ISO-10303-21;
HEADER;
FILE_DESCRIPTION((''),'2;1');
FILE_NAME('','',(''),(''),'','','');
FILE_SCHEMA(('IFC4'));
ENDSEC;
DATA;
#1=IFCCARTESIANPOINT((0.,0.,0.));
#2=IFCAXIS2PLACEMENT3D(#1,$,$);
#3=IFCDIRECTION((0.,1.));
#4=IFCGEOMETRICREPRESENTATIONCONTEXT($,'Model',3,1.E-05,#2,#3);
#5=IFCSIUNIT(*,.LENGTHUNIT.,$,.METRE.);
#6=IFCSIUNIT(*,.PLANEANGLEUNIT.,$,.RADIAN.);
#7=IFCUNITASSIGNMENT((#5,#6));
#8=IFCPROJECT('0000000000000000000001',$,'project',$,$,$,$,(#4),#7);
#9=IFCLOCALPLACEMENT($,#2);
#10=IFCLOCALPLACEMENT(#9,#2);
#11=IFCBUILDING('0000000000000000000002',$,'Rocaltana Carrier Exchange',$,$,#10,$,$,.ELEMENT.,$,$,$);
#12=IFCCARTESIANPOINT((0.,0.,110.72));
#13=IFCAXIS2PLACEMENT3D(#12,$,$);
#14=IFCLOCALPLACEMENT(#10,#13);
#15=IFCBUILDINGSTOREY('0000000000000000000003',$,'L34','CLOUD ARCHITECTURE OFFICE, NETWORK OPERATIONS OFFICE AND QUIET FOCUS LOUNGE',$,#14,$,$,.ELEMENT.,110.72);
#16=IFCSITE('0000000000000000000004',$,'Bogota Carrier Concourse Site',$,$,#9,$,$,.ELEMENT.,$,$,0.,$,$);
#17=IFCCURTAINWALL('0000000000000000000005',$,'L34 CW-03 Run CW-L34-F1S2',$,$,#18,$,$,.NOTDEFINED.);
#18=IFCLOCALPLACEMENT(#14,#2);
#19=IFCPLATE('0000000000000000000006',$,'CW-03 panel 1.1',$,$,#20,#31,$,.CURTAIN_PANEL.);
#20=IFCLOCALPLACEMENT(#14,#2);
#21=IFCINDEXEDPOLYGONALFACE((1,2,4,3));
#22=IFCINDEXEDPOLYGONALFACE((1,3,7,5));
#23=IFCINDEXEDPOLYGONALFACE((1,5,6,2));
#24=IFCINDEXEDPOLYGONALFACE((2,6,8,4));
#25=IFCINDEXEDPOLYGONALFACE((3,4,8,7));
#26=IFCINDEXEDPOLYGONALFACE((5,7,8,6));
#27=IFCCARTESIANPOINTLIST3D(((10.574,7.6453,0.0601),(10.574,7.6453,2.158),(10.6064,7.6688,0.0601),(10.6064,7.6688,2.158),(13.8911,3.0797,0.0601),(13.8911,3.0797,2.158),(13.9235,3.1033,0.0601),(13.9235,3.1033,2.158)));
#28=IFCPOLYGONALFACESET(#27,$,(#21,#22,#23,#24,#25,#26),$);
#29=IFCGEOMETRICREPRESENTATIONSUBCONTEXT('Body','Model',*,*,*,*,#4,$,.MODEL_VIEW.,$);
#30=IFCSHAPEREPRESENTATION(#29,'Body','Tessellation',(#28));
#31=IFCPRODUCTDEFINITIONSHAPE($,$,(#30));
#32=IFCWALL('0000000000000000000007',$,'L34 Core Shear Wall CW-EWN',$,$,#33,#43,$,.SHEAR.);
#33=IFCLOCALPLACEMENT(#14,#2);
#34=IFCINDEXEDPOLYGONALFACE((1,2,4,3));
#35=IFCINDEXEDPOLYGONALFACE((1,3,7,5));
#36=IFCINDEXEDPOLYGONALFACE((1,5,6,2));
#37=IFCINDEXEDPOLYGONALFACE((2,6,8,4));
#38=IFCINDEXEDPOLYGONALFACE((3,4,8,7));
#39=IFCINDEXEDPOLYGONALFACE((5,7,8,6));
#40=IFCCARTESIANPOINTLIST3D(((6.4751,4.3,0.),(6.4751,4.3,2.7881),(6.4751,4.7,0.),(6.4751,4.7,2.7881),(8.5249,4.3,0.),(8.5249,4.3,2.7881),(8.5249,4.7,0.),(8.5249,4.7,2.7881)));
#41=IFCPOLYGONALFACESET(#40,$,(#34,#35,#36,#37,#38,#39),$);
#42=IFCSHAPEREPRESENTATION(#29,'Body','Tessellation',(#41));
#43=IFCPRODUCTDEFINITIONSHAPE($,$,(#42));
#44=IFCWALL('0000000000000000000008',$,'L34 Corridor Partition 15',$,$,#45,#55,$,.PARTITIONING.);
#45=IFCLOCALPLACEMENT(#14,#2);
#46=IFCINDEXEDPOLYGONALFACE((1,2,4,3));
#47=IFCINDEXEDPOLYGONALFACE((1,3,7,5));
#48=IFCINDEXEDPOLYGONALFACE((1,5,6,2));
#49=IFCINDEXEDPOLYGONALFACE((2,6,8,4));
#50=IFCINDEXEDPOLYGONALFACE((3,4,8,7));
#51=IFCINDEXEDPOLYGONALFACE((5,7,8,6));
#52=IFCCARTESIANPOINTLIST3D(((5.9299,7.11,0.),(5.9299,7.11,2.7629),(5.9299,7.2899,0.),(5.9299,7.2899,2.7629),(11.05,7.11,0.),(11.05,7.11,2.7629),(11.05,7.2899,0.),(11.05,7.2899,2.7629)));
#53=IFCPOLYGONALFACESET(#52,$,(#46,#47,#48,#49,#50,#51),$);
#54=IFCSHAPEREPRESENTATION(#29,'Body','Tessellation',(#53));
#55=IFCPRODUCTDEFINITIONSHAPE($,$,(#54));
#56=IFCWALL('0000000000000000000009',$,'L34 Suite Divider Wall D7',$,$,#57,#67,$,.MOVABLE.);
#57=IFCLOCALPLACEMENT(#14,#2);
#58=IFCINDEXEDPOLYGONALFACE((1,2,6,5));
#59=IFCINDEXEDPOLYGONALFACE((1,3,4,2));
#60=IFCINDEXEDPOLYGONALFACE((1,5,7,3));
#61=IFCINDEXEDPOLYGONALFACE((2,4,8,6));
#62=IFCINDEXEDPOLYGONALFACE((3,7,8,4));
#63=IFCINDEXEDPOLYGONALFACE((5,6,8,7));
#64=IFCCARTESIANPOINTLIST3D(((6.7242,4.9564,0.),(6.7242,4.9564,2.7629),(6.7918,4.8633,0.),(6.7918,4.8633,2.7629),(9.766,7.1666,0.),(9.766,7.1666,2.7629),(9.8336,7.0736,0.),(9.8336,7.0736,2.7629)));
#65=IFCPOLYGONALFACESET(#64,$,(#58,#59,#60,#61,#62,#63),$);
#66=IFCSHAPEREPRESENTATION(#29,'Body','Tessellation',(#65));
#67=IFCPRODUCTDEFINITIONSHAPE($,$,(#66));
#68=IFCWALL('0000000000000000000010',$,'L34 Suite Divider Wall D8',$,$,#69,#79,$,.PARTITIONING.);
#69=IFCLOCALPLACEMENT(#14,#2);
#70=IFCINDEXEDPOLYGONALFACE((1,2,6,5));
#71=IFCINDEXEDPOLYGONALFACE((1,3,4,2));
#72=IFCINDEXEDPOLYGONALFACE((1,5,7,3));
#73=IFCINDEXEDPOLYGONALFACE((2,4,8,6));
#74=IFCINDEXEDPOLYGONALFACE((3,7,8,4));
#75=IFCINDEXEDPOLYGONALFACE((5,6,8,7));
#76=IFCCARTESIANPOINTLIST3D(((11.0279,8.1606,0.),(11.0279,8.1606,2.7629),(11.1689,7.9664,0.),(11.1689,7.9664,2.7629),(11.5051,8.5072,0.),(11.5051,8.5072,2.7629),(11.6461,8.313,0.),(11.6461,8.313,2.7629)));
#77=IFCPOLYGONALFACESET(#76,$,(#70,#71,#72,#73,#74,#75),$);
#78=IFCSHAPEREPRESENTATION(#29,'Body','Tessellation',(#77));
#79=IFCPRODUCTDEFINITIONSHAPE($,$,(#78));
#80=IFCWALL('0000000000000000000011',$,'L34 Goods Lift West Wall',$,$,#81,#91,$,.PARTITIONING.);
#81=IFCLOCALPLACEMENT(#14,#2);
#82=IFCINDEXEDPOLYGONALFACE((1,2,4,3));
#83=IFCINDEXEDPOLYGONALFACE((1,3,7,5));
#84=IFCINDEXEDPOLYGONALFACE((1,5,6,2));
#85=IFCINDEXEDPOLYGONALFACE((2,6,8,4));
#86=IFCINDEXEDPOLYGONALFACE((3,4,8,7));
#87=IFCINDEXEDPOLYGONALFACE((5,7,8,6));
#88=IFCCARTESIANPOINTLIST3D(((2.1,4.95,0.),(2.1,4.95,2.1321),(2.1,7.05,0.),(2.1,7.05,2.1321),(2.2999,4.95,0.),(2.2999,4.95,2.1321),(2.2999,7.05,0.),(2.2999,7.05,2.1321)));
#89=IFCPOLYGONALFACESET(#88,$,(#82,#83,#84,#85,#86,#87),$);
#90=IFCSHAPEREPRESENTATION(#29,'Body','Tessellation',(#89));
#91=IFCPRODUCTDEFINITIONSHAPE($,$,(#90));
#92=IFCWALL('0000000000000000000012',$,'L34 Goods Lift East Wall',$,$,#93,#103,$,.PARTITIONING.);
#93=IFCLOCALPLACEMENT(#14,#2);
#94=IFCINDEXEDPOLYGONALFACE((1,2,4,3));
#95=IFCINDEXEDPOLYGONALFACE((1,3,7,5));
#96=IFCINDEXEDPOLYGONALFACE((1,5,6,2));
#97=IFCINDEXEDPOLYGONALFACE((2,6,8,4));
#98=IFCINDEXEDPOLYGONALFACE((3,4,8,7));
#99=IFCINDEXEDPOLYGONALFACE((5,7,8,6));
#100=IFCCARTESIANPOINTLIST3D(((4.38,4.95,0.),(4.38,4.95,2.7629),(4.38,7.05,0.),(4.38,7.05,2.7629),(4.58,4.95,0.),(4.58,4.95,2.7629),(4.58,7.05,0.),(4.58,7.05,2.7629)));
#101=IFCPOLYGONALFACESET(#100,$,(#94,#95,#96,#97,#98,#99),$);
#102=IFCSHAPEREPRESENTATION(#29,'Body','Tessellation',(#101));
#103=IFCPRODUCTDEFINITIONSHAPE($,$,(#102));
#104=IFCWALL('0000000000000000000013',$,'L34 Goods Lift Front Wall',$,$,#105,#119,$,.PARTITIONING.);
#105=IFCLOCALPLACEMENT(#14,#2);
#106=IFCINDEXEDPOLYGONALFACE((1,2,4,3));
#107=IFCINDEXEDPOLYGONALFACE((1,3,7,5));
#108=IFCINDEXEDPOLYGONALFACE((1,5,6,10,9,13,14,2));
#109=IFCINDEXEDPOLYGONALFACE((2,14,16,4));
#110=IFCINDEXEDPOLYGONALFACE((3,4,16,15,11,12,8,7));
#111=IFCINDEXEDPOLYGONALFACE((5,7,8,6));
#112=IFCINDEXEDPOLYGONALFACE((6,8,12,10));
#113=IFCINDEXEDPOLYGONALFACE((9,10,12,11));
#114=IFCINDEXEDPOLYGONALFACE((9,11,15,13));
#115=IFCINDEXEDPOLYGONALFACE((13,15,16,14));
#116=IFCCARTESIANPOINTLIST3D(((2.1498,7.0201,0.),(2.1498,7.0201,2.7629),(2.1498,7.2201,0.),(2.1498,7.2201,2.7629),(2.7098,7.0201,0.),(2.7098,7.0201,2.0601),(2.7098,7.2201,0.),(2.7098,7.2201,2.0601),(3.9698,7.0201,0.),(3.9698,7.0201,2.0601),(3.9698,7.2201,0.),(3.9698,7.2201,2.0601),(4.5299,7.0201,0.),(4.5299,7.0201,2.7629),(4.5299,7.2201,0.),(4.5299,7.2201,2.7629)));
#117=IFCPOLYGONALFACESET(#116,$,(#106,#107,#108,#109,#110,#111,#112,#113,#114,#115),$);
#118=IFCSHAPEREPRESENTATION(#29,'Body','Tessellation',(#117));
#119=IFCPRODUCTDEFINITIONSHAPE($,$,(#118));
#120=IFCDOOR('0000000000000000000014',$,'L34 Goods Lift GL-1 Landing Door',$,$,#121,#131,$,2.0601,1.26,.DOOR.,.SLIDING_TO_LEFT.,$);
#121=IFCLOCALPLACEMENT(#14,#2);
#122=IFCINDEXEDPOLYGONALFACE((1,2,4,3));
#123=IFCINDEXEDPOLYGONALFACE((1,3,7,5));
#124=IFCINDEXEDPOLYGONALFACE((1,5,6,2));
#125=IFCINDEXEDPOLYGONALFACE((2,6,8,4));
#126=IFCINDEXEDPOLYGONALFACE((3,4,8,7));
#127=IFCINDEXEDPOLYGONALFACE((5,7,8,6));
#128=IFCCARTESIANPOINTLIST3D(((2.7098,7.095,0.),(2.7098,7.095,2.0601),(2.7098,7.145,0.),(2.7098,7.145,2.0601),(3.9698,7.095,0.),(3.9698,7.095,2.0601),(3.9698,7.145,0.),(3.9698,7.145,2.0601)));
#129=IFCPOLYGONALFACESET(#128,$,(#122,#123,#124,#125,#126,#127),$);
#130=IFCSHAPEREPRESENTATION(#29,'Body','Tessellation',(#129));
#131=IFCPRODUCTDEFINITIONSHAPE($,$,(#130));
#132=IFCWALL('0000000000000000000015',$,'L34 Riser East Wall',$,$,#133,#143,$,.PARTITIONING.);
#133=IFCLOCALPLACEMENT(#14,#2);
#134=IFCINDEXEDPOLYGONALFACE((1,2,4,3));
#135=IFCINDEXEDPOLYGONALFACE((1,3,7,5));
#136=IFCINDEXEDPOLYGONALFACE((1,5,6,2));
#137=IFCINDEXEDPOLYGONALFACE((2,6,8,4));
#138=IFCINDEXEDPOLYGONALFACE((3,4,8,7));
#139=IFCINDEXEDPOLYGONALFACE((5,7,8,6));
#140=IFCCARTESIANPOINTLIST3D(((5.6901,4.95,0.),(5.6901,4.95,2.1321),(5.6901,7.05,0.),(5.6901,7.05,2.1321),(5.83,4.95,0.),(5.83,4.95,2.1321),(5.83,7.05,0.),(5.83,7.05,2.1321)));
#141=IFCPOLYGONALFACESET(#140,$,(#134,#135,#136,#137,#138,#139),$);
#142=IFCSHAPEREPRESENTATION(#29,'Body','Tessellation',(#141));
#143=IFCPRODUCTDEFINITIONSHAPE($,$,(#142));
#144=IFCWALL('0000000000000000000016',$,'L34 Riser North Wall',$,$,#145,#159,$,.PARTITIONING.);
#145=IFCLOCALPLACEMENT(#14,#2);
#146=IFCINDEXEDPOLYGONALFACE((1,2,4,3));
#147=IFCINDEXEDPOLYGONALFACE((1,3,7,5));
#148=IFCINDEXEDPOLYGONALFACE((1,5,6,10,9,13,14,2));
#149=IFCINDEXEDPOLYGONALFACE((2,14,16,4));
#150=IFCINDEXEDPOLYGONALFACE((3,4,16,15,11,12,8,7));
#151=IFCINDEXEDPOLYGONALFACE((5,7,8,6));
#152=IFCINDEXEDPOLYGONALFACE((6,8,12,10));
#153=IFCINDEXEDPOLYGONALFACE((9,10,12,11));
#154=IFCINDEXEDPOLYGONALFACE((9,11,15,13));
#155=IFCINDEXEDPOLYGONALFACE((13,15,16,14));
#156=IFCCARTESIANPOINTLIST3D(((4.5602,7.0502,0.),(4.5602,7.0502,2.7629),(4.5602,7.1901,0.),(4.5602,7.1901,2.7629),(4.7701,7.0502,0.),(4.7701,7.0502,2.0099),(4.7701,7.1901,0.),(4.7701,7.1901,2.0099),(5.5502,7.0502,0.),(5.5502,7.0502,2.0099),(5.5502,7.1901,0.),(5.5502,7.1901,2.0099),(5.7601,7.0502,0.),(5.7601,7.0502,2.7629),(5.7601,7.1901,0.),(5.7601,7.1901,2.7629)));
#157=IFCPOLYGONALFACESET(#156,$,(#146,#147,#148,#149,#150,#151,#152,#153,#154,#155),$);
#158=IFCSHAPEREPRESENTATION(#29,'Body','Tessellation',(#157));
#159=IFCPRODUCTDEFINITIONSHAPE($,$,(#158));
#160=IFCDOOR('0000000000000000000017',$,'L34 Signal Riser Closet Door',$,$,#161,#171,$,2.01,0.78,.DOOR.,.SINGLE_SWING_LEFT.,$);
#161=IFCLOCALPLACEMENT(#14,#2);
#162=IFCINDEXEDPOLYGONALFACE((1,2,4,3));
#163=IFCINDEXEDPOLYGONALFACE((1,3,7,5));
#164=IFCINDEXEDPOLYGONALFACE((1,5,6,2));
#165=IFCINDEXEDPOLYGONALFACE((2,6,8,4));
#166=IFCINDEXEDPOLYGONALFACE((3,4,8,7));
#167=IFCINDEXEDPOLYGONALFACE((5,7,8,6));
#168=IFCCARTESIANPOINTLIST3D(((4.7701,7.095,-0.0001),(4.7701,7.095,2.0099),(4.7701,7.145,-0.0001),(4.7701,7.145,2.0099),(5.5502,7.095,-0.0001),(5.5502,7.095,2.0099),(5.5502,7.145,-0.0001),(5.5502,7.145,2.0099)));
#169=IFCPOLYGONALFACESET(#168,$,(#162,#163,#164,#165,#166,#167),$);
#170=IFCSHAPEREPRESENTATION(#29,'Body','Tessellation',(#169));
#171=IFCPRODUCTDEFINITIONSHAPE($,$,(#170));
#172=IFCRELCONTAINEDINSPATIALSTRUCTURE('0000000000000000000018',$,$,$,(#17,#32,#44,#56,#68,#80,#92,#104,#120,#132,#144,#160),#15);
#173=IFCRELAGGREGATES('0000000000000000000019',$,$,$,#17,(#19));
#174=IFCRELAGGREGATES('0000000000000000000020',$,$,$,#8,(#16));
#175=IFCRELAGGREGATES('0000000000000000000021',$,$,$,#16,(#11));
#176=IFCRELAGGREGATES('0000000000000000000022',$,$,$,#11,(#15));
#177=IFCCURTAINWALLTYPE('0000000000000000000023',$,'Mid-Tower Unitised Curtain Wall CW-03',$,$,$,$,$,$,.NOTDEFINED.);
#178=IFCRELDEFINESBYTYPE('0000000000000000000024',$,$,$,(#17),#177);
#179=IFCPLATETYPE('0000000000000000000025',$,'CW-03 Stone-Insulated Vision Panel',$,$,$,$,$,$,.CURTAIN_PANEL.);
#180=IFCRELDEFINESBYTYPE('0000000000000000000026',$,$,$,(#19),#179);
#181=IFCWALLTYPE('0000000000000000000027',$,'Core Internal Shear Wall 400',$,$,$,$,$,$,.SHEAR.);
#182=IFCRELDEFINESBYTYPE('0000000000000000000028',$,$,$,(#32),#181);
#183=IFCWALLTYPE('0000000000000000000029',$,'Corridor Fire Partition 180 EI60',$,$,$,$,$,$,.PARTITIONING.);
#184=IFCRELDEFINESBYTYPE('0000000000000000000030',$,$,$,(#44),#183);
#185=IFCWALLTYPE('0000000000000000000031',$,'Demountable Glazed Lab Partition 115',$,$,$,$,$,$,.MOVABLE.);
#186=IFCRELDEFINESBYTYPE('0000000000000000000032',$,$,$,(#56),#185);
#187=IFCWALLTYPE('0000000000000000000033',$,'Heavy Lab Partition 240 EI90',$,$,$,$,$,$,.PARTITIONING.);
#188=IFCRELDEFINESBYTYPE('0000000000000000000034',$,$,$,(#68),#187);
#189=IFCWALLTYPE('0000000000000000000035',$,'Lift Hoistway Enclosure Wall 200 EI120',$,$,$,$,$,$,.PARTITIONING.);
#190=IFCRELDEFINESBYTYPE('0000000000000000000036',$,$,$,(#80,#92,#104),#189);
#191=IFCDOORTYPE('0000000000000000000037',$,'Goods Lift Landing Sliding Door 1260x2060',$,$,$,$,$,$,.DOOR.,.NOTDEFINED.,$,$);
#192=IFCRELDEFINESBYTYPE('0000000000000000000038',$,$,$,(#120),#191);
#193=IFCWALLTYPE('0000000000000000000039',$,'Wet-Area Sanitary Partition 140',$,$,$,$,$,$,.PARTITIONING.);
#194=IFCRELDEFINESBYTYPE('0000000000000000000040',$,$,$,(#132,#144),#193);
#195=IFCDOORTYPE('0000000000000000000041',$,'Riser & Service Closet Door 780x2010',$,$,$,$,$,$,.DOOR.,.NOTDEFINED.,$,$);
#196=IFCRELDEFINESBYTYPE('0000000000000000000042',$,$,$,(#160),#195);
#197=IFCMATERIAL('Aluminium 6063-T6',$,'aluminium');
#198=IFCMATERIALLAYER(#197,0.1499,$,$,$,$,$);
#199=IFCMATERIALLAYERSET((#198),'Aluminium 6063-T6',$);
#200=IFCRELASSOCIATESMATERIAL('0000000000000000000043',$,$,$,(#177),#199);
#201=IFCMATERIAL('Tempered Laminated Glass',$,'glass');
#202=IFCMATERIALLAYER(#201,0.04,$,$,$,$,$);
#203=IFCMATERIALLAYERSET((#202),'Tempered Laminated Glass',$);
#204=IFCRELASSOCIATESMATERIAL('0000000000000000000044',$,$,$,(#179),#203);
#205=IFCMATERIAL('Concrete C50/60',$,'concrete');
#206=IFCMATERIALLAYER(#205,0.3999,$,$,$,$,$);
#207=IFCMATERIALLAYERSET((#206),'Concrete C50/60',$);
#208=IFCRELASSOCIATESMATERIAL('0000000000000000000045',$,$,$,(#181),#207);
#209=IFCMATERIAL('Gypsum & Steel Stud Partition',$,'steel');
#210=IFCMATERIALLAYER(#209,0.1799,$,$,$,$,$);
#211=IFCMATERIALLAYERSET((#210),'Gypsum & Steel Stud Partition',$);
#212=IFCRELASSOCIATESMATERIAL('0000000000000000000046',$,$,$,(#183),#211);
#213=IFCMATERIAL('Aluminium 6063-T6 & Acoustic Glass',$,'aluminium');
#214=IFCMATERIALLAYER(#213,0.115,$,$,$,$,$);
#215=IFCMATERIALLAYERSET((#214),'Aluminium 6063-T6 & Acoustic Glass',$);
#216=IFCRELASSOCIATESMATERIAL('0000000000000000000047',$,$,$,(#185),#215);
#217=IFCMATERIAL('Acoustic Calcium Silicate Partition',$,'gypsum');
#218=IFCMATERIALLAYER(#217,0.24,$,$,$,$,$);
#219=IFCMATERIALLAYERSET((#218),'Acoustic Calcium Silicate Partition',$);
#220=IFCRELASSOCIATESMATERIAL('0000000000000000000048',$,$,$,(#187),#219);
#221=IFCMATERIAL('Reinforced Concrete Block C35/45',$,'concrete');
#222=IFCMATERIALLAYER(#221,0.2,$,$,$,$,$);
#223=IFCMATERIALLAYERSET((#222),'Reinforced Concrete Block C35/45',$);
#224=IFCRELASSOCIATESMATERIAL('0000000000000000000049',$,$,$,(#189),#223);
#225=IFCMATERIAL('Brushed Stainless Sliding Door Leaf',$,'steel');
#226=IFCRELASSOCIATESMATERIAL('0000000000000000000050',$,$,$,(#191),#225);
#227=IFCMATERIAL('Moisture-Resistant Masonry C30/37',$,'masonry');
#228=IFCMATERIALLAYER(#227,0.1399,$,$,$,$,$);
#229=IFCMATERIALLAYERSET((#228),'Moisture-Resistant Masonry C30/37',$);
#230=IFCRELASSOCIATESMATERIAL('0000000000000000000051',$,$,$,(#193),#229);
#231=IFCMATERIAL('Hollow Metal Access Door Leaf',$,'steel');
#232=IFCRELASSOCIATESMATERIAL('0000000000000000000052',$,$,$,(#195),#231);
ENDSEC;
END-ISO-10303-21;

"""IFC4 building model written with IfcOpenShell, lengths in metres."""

from ifc_helpers import new_model, si_unit, direction, frame, frame_2d, origin, origin_2d, place, context, subcontext, project, spatial, rectangle, extrude, material, layer, layer_set, type_object, element, fill, aggregate, save


model = new_model("IFC4")

# Units and contexts
model_context = context("Model", 3, precision=1e-05, world=origin(), true_north=direction((0.0, 1.0)))
body_context = subcontext(model_context, "Body", "Model", "MODEL_VIEW")
ifc_project = project(units=[si_unit("LENGTHUNIT", "METRE"), si_unit("PLANEANGLEUNIT", "RADIAN")], contexts=[model_context])

# Site, building, storey
site_placement = place(None, origin())
site = spatial("IfcSite", under=ifc_project, at=site_placement, Name="Bogota Carrier Concourse Site", CompositionType="ELEMENT", RefElevation=0.0)
building_placement = place(site_placement, origin())
building = spatial("IfcBuilding", under=site, at=building_placement, Name="Rocaltana Carrier Exchange", CompositionType="ELEMENT")
storey_placement = place(building_placement, frame((0.0, 0.0, 110.72)))
storey = spatial("IfcBuildingStorey", under=building, at=storey_placement, Name="L34", Description="CLOUD ARCHITECTURE OFFICE, NETWORK OPERATIONS OFFICE AND QUIET FOCUS LOUNGE", CompositionType="ELEMENT", Elevation=110.72)

# Curtain wall
ifc_material_1 = material(Name="Aluminium 6063-T6", Category="aluminium")
ifc_layer_1 = layer(ifc_material_1, 0.1499)
ifc_layer_set_1 = layer_set([ifc_layer_1], Name="Aluminium 6063-T6")
curtain_wall_type = type_object("IfcCurtainWallType", Name="Mid-Tower Unitised Curtain Wall CW-03", PredefinedType="NOTDEFINED", material=ifc_layer_set_1)
curtain_wall_placement = place(storey_placement, origin())
curtain_wall = element("IfcCurtainWall", 1, at=curtain_wall_placement, inside=storey, type_object=curtain_wall_type, Name="L34 CW-03 Run CW-L34-F1S2", PredefinedType="NOTDEFINED")

# Plate
ifc_material_2 = material(Name="Tempered Laminated Glass", Category="glass")
ifc_layer_2 = layer(ifc_material_2, 0.04)
ifc_layer_set_2 = layer_set([ifc_layer_2], Name="Tempered Laminated Glass")
plate_type = type_object("IfcPlateType", Name="CW-03 Stone-Insulated Vision Panel", PredefinedType="CURTAIN_PANEL", material=ifc_layer_set_2)
plate_placement = place(storey_placement, frame((12.2488, 5.3743, 0.0601), z_axis=(0.0, 0.0, 1.0), x_axis=(-0.58779, 0.809014, 0.0)))
plate = element("IfcPlate", 2, at=plate_placement, type_object=plate_type, Name="CW-03 panel 1.1", PredefinedType="CURTAIN_PANEL", context=body_context, shape_type="SweptSolid", body=[
    extrude(rectangle(XDim=5.6433, YDim=0.04, at=origin_2d()), origin(), (0.0, 0.0, 1.0), 2.0979),
])
aggregate(curtain_wall, [plate])

# Walls
ifc_material_3 = material(Name="Concrete C50/60", Category="concrete")
ifc_layer_3 = layer(ifc_material_3, 0.3999)
ifc_layer_set_3 = layer_set([ifc_layer_3], Name="Concrete C50/60")
wall_type_1 = type_object("IfcWallType", Name="Core Internal Shear Wall 400", PredefinedType="SHEAR", material=ifc_layer_set_3)
wall_1_placement = place(storey_placement, frame((6.4751, 4.5, 0.0), z_axis=(0.0, 0.0, 1.0), x_axis=(1.0, 0.0, 0.0)))
element("IfcWall", 3, at=wall_1_placement, inside=storey, type_object=wall_type_1, Name="L34 Core Shear Wall CW-EWN", PredefinedType="SHEAR", context=body_context, shape_type="SweptSolid", body=[
    extrude(rectangle(XDim=2.0498, YDim=0.3999, at=frame_2d((1.0249, 0.0))), origin(), (0.0, 0.0, 1.0), 2.7881),
])
ifc_material_4 = material(Name="Gypsum & Steel Stud Partition", Category="steel")
ifc_layer_4 = layer(ifc_material_4, 0.1799)
ifc_layer_set_4 = layer_set([ifc_layer_4], Name="Gypsum & Steel Stud Partition")
wall_type_2 = type_object("IfcWallType", Name="Corridor Fire Partition 180 EI60", PredefinedType="PARTITIONING", material=ifc_layer_set_4)
wall_2_placement = place(storey_placement, frame((11.05, 7.2, 0.0), z_axis=(0.0, 0.0, 1.0), x_axis=(-1.0, 0.0, 0.0)))
element("IfcWall", 4, at=wall_2_placement, inside=storey, type_object=wall_type_2, Name="L34 Corridor Partition 15", PredefinedType="PARTITIONING", context=body_context, shape_type="SweptSolid", body=[
    extrude(rectangle(XDim=5.1201, YDim=0.1799, at=frame_2d((2.5601, 0.0))), origin(), (0.0, 0.0, 1.0), 2.7629),
])
ifc_material_5 = material(Name="Aluminium 6063-T6 & Acoustic Glass", Category="aluminium")
ifc_layer_5 = layer(ifc_material_5, 0.115)
ifc_layer_set_5 = layer_set([ifc_layer_5], Name="Aluminium 6063-T6 & Acoustic Glass")
wall_type_3 = type_object("IfcWallType", Name="Demountable Glazed Lab Partition 115", PredefinedType="MOVABLE", material=ifc_layer_set_5)
wall_3_placement = place(storey_placement, frame((6.7581, 4.9099, 0.0), z_axis=(0.0, 0.0, 1.0), x_axis=(0.808986, 0.587828, 0.0)))
element("IfcWall", 5, at=wall_3_placement, inside=storey, type_object=wall_type_3, Name="L34 Suite Divider Wall D7", PredefinedType="MOVABLE", context=body_context, shape_type="SweptSolid", body=[
    extrude(rectangle(XDim=3.76, YDim=0.115, at=frame_2d((1.8799, 0.0))), origin(), (0.0, 0.0, 1.0), 2.7629),
])
ifc_material_6 = material(Name="Acoustic Calcium Silicate Partition", Category="gypsum")
ifc_layer_6 = layer(ifc_material_6, 0.24)
ifc_layer_set_6 = layer_set([ifc_layer_6], Name="Acoustic Calcium Silicate Partition")
wall_type_4 = type_object("IfcWallType", Name="Heavy Lab Partition 240 EI90", PredefinedType="PARTITIONING", material=ifc_layer_set_6)
wall_4_placement = place(storey_placement, frame((11.0984, 8.0635, 0.0), z_axis=(0.0, 0.0, 1.0), x_axis=(0.809094, 0.587679, 0.0)))
element("IfcWall", 6, at=wall_4_placement, inside=storey, type_object=wall_type_4, Name="L34 Suite Divider Wall D8", PredefinedType="PARTITIONING", context=body_context, shape_type="SweptSolid", body=[
    extrude(rectangle(XDim=0.5898, YDim=0.24, at=frame_2d((0.2949, 0.0))), origin(), (0.0, 0.0, 1.0), 2.7629),
])
ifc_material_7 = material(Name="Reinforced Concrete Block C35/45", Category="concrete")
ifc_layer_7 = layer(ifc_material_7, 0.2)
ifc_layer_set_7 = layer_set([ifc_layer_7], Name="Reinforced Concrete Block C35/45")
wall_type_5 = type_object("IfcWallType", Name="Lift Hoistway Enclosure Wall 200 EI120", PredefinedType="PARTITIONING", material=ifc_layer_set_7)
wall_5_placement = place(storey_placement, frame((2.2, 4.95, 0.0), z_axis=(0.0, 0.0, 1.0), x_axis=(0.0, 1.0, 0.0)))
element("IfcWall", 7, at=wall_5_placement, inside=storey, type_object=wall_type_5, Name="L34 Goods Lift West Wall", PredefinedType="PARTITIONING", context=body_context, shape_type="SweptSolid", body=[
    extrude(rectangle(XDim=2.1001, YDim=0.2, at=frame_2d((1.05, 0.0))), origin(), (0.0, 0.0, 1.0), 2.1321),
])
wall_6_placement = place(storey_placement, frame((4.48, 4.95, 0.0), z_axis=(0.0, 0.0, 1.0), x_axis=(0.0, 1.0, 0.0)))
element("IfcWall", 8, at=wall_6_placement, inside=storey, type_object=wall_type_5, Name="L34 Goods Lift East Wall", PredefinedType="PARTITIONING", context=body_context, shape_type="SweptSolid", body=[
    extrude(rectangle(XDim=2.1001, YDim=0.2, at=frame_2d((1.05, 0.0))), origin(), (0.0, 0.0, 1.0), 2.7629),
])

# Wall, opening, door
wall_7_placement = place(storey_placement, frame((2.1499, 7.1201, 0.0), z_axis=(0.0, 0.0, 1.0), x_axis=(1.0, 0.0, 0.0)))
wall_7 = element("IfcWall", 9, at=wall_7_placement, inside=storey, type_object=wall_type_5, Name="L34 Goods Lift Front Wall", PredefinedType="PARTITIONING", context=body_context, shape_type="SweptSolid", body=[
    extrude(rectangle(XDim=2.3801, YDim=0.2, at=frame_2d((1.1899, 0.0))), origin(), (0.0, 0.0, 1.0), 2.7629),
])
opening_1_placement = place(wall_7_placement, frame((0.5601, 0.0, 0.0)))
opening_1 = element("IfcOpeningElement", 10, at=opening_1_placement, cuts=wall_7, PredefinedType="OPENING", context=body_context, shape_type="SweptSolid", body=[
    extrude(rectangle(XDim=1.26, YDim=2.0601, at=frame_2d((0.6299, 1.03))), frame((0.0, 0.1099, 0.0), z_axis=(0.0, -1.0, 0.0), x_axis=(1.0, 0.0, 0.0)), (0.0, 0.0, 1.0), 0.22),
])
ifc_material_8 = material(Name="Brushed Stainless Sliding Door Leaf", Category="steel")
door_type_1 = type_object("IfcDoorType", Name="Goods Lift Landing Sliding Door 1260x2060", OperationType="NOTDEFINED", PredefinedType="DOOR", material=ifc_material_8)
door_1_placement = place(opening_1_placement, origin())
door_1 = element("IfcDoor", 11, at=door_1_placement, inside=storey, type_object=door_type_1, Name="L34 Goods Lift GL-1 Landing Door", OperationType="SLIDING_TO_LEFT", OverallHeight=2.0601, OverallWidth=1.26, PredefinedType="DOOR", context=body_context, shape_type="SweptSolid", body=[
    extrude(rectangle(XDim=1.26, YDim=2.0601, at=frame_2d((0.6299, 1.03))), frame((0.0, 0.0249, 0.0), z_axis=(0.0, -1.0, 0.0), x_axis=(1.0, 0.0, 0.0)), (0.0, 0.0, 1.0), 0.05),
])
fill(opening_1, door_1)

# Wall
ifc_material_9 = material(Name="Moisture-Resistant Masonry C30/37", Category="masonry")
ifc_layer_8 = layer(ifc_material_9, 0.1399)
ifc_layer_set_8 = layer_set([ifc_layer_8], Name="Moisture-Resistant Masonry C30/37")
wall_type_6 = type_object("IfcWallType", Name="Wet-Area Sanitary Partition 140", PredefinedType="PARTITIONING", material=ifc_layer_set_8)
wall_8_placement = place(storey_placement, frame((5.76, 4.95, 0.0), z_axis=(0.0, 0.0, 1.0), x_axis=(0.0, 1.0, 0.0)))
element("IfcWall", 12, at=wall_8_placement, inside=storey, type_object=wall_type_6, Name="L34 Riser East Wall", PredefinedType="PARTITIONING", context=body_context, shape_type="SweptSolid", body=[
    extrude(rectangle(XDim=2.1001, YDim=0.1399, at=frame_2d((1.05, 0.0))), origin(), (0.0, 0.0, 1.0), 2.1321),
])

# Wall, opening, door
wall_9_placement = place(storey_placement, frame((4.5601, 7.1201, 0.0), z_axis=(0.0, 0.0, 1.0), x_axis=(1.0, 0.0, 0.0)))
wall_9 = element("IfcWall", 13, at=wall_9_placement, inside=storey, type_object=wall_type_6, Name="L34 Riser North Wall", PredefinedType="PARTITIONING", context=body_context, shape_type="SweptSolid", body=[
    extrude(rectangle(XDim=1.2, YDim=0.1399, at=frame_2d((0.6001, 0.0))), origin(), (0.0, 0.0, 1.0), 2.7629),
])
opening_2_placement = place(wall_9_placement, frame((0.21, 0.0, 0.0)))
opening_2 = element("IfcOpeningElement", 14, at=opening_2_placement, cuts=wall_9, PredefinedType="OPENING", context=body_context, shape_type="SweptSolid", body=[
    extrude(rectangle(XDim=0.78, YDim=2.01, at=frame_2d((0.3901, 1.0049))), frame((0.0, 0.0798, 0.0), z_axis=(0.0, -1.0, 0.0), x_axis=(1.0, 0.0, 0.0)), (0.0, 0.0, 1.0), 0.1599),
])
ifc_material_10 = material(Name="Hollow Metal Access Door Leaf", Category="steel")
door_type_2 = type_object("IfcDoorType", Name="Riser & Service Closet Door 780x2010", OperationType="NOTDEFINED", PredefinedType="DOOR", material=ifc_material_10)
door_2_placement = place(opening_2_placement, origin())
door_2 = element("IfcDoor", 15, at=door_2_placement, inside=storey, type_object=door_type_2, Name="L34 Signal Riser Closet Door", OperationType="SINGLE_SWING_LEFT", OverallHeight=2.01, OverallWidth=0.78, PredefinedType="DOOR", context=body_context, shape_type="SweptSolid", body=[
    extrude(rectangle(XDim=0.78, YDim=2.01, at=frame_2d((0.3901, 1.0049))), frame((0.0, 0.0249, 0.0), z_axis=(0.0, -1.0, 0.0), x_axis=(1.0, 0.0, 0.0)), (0.0, 0.0, 1.0), 0.05),
])
fill(opening_2, door_2)

save(model, "model.ifc")
